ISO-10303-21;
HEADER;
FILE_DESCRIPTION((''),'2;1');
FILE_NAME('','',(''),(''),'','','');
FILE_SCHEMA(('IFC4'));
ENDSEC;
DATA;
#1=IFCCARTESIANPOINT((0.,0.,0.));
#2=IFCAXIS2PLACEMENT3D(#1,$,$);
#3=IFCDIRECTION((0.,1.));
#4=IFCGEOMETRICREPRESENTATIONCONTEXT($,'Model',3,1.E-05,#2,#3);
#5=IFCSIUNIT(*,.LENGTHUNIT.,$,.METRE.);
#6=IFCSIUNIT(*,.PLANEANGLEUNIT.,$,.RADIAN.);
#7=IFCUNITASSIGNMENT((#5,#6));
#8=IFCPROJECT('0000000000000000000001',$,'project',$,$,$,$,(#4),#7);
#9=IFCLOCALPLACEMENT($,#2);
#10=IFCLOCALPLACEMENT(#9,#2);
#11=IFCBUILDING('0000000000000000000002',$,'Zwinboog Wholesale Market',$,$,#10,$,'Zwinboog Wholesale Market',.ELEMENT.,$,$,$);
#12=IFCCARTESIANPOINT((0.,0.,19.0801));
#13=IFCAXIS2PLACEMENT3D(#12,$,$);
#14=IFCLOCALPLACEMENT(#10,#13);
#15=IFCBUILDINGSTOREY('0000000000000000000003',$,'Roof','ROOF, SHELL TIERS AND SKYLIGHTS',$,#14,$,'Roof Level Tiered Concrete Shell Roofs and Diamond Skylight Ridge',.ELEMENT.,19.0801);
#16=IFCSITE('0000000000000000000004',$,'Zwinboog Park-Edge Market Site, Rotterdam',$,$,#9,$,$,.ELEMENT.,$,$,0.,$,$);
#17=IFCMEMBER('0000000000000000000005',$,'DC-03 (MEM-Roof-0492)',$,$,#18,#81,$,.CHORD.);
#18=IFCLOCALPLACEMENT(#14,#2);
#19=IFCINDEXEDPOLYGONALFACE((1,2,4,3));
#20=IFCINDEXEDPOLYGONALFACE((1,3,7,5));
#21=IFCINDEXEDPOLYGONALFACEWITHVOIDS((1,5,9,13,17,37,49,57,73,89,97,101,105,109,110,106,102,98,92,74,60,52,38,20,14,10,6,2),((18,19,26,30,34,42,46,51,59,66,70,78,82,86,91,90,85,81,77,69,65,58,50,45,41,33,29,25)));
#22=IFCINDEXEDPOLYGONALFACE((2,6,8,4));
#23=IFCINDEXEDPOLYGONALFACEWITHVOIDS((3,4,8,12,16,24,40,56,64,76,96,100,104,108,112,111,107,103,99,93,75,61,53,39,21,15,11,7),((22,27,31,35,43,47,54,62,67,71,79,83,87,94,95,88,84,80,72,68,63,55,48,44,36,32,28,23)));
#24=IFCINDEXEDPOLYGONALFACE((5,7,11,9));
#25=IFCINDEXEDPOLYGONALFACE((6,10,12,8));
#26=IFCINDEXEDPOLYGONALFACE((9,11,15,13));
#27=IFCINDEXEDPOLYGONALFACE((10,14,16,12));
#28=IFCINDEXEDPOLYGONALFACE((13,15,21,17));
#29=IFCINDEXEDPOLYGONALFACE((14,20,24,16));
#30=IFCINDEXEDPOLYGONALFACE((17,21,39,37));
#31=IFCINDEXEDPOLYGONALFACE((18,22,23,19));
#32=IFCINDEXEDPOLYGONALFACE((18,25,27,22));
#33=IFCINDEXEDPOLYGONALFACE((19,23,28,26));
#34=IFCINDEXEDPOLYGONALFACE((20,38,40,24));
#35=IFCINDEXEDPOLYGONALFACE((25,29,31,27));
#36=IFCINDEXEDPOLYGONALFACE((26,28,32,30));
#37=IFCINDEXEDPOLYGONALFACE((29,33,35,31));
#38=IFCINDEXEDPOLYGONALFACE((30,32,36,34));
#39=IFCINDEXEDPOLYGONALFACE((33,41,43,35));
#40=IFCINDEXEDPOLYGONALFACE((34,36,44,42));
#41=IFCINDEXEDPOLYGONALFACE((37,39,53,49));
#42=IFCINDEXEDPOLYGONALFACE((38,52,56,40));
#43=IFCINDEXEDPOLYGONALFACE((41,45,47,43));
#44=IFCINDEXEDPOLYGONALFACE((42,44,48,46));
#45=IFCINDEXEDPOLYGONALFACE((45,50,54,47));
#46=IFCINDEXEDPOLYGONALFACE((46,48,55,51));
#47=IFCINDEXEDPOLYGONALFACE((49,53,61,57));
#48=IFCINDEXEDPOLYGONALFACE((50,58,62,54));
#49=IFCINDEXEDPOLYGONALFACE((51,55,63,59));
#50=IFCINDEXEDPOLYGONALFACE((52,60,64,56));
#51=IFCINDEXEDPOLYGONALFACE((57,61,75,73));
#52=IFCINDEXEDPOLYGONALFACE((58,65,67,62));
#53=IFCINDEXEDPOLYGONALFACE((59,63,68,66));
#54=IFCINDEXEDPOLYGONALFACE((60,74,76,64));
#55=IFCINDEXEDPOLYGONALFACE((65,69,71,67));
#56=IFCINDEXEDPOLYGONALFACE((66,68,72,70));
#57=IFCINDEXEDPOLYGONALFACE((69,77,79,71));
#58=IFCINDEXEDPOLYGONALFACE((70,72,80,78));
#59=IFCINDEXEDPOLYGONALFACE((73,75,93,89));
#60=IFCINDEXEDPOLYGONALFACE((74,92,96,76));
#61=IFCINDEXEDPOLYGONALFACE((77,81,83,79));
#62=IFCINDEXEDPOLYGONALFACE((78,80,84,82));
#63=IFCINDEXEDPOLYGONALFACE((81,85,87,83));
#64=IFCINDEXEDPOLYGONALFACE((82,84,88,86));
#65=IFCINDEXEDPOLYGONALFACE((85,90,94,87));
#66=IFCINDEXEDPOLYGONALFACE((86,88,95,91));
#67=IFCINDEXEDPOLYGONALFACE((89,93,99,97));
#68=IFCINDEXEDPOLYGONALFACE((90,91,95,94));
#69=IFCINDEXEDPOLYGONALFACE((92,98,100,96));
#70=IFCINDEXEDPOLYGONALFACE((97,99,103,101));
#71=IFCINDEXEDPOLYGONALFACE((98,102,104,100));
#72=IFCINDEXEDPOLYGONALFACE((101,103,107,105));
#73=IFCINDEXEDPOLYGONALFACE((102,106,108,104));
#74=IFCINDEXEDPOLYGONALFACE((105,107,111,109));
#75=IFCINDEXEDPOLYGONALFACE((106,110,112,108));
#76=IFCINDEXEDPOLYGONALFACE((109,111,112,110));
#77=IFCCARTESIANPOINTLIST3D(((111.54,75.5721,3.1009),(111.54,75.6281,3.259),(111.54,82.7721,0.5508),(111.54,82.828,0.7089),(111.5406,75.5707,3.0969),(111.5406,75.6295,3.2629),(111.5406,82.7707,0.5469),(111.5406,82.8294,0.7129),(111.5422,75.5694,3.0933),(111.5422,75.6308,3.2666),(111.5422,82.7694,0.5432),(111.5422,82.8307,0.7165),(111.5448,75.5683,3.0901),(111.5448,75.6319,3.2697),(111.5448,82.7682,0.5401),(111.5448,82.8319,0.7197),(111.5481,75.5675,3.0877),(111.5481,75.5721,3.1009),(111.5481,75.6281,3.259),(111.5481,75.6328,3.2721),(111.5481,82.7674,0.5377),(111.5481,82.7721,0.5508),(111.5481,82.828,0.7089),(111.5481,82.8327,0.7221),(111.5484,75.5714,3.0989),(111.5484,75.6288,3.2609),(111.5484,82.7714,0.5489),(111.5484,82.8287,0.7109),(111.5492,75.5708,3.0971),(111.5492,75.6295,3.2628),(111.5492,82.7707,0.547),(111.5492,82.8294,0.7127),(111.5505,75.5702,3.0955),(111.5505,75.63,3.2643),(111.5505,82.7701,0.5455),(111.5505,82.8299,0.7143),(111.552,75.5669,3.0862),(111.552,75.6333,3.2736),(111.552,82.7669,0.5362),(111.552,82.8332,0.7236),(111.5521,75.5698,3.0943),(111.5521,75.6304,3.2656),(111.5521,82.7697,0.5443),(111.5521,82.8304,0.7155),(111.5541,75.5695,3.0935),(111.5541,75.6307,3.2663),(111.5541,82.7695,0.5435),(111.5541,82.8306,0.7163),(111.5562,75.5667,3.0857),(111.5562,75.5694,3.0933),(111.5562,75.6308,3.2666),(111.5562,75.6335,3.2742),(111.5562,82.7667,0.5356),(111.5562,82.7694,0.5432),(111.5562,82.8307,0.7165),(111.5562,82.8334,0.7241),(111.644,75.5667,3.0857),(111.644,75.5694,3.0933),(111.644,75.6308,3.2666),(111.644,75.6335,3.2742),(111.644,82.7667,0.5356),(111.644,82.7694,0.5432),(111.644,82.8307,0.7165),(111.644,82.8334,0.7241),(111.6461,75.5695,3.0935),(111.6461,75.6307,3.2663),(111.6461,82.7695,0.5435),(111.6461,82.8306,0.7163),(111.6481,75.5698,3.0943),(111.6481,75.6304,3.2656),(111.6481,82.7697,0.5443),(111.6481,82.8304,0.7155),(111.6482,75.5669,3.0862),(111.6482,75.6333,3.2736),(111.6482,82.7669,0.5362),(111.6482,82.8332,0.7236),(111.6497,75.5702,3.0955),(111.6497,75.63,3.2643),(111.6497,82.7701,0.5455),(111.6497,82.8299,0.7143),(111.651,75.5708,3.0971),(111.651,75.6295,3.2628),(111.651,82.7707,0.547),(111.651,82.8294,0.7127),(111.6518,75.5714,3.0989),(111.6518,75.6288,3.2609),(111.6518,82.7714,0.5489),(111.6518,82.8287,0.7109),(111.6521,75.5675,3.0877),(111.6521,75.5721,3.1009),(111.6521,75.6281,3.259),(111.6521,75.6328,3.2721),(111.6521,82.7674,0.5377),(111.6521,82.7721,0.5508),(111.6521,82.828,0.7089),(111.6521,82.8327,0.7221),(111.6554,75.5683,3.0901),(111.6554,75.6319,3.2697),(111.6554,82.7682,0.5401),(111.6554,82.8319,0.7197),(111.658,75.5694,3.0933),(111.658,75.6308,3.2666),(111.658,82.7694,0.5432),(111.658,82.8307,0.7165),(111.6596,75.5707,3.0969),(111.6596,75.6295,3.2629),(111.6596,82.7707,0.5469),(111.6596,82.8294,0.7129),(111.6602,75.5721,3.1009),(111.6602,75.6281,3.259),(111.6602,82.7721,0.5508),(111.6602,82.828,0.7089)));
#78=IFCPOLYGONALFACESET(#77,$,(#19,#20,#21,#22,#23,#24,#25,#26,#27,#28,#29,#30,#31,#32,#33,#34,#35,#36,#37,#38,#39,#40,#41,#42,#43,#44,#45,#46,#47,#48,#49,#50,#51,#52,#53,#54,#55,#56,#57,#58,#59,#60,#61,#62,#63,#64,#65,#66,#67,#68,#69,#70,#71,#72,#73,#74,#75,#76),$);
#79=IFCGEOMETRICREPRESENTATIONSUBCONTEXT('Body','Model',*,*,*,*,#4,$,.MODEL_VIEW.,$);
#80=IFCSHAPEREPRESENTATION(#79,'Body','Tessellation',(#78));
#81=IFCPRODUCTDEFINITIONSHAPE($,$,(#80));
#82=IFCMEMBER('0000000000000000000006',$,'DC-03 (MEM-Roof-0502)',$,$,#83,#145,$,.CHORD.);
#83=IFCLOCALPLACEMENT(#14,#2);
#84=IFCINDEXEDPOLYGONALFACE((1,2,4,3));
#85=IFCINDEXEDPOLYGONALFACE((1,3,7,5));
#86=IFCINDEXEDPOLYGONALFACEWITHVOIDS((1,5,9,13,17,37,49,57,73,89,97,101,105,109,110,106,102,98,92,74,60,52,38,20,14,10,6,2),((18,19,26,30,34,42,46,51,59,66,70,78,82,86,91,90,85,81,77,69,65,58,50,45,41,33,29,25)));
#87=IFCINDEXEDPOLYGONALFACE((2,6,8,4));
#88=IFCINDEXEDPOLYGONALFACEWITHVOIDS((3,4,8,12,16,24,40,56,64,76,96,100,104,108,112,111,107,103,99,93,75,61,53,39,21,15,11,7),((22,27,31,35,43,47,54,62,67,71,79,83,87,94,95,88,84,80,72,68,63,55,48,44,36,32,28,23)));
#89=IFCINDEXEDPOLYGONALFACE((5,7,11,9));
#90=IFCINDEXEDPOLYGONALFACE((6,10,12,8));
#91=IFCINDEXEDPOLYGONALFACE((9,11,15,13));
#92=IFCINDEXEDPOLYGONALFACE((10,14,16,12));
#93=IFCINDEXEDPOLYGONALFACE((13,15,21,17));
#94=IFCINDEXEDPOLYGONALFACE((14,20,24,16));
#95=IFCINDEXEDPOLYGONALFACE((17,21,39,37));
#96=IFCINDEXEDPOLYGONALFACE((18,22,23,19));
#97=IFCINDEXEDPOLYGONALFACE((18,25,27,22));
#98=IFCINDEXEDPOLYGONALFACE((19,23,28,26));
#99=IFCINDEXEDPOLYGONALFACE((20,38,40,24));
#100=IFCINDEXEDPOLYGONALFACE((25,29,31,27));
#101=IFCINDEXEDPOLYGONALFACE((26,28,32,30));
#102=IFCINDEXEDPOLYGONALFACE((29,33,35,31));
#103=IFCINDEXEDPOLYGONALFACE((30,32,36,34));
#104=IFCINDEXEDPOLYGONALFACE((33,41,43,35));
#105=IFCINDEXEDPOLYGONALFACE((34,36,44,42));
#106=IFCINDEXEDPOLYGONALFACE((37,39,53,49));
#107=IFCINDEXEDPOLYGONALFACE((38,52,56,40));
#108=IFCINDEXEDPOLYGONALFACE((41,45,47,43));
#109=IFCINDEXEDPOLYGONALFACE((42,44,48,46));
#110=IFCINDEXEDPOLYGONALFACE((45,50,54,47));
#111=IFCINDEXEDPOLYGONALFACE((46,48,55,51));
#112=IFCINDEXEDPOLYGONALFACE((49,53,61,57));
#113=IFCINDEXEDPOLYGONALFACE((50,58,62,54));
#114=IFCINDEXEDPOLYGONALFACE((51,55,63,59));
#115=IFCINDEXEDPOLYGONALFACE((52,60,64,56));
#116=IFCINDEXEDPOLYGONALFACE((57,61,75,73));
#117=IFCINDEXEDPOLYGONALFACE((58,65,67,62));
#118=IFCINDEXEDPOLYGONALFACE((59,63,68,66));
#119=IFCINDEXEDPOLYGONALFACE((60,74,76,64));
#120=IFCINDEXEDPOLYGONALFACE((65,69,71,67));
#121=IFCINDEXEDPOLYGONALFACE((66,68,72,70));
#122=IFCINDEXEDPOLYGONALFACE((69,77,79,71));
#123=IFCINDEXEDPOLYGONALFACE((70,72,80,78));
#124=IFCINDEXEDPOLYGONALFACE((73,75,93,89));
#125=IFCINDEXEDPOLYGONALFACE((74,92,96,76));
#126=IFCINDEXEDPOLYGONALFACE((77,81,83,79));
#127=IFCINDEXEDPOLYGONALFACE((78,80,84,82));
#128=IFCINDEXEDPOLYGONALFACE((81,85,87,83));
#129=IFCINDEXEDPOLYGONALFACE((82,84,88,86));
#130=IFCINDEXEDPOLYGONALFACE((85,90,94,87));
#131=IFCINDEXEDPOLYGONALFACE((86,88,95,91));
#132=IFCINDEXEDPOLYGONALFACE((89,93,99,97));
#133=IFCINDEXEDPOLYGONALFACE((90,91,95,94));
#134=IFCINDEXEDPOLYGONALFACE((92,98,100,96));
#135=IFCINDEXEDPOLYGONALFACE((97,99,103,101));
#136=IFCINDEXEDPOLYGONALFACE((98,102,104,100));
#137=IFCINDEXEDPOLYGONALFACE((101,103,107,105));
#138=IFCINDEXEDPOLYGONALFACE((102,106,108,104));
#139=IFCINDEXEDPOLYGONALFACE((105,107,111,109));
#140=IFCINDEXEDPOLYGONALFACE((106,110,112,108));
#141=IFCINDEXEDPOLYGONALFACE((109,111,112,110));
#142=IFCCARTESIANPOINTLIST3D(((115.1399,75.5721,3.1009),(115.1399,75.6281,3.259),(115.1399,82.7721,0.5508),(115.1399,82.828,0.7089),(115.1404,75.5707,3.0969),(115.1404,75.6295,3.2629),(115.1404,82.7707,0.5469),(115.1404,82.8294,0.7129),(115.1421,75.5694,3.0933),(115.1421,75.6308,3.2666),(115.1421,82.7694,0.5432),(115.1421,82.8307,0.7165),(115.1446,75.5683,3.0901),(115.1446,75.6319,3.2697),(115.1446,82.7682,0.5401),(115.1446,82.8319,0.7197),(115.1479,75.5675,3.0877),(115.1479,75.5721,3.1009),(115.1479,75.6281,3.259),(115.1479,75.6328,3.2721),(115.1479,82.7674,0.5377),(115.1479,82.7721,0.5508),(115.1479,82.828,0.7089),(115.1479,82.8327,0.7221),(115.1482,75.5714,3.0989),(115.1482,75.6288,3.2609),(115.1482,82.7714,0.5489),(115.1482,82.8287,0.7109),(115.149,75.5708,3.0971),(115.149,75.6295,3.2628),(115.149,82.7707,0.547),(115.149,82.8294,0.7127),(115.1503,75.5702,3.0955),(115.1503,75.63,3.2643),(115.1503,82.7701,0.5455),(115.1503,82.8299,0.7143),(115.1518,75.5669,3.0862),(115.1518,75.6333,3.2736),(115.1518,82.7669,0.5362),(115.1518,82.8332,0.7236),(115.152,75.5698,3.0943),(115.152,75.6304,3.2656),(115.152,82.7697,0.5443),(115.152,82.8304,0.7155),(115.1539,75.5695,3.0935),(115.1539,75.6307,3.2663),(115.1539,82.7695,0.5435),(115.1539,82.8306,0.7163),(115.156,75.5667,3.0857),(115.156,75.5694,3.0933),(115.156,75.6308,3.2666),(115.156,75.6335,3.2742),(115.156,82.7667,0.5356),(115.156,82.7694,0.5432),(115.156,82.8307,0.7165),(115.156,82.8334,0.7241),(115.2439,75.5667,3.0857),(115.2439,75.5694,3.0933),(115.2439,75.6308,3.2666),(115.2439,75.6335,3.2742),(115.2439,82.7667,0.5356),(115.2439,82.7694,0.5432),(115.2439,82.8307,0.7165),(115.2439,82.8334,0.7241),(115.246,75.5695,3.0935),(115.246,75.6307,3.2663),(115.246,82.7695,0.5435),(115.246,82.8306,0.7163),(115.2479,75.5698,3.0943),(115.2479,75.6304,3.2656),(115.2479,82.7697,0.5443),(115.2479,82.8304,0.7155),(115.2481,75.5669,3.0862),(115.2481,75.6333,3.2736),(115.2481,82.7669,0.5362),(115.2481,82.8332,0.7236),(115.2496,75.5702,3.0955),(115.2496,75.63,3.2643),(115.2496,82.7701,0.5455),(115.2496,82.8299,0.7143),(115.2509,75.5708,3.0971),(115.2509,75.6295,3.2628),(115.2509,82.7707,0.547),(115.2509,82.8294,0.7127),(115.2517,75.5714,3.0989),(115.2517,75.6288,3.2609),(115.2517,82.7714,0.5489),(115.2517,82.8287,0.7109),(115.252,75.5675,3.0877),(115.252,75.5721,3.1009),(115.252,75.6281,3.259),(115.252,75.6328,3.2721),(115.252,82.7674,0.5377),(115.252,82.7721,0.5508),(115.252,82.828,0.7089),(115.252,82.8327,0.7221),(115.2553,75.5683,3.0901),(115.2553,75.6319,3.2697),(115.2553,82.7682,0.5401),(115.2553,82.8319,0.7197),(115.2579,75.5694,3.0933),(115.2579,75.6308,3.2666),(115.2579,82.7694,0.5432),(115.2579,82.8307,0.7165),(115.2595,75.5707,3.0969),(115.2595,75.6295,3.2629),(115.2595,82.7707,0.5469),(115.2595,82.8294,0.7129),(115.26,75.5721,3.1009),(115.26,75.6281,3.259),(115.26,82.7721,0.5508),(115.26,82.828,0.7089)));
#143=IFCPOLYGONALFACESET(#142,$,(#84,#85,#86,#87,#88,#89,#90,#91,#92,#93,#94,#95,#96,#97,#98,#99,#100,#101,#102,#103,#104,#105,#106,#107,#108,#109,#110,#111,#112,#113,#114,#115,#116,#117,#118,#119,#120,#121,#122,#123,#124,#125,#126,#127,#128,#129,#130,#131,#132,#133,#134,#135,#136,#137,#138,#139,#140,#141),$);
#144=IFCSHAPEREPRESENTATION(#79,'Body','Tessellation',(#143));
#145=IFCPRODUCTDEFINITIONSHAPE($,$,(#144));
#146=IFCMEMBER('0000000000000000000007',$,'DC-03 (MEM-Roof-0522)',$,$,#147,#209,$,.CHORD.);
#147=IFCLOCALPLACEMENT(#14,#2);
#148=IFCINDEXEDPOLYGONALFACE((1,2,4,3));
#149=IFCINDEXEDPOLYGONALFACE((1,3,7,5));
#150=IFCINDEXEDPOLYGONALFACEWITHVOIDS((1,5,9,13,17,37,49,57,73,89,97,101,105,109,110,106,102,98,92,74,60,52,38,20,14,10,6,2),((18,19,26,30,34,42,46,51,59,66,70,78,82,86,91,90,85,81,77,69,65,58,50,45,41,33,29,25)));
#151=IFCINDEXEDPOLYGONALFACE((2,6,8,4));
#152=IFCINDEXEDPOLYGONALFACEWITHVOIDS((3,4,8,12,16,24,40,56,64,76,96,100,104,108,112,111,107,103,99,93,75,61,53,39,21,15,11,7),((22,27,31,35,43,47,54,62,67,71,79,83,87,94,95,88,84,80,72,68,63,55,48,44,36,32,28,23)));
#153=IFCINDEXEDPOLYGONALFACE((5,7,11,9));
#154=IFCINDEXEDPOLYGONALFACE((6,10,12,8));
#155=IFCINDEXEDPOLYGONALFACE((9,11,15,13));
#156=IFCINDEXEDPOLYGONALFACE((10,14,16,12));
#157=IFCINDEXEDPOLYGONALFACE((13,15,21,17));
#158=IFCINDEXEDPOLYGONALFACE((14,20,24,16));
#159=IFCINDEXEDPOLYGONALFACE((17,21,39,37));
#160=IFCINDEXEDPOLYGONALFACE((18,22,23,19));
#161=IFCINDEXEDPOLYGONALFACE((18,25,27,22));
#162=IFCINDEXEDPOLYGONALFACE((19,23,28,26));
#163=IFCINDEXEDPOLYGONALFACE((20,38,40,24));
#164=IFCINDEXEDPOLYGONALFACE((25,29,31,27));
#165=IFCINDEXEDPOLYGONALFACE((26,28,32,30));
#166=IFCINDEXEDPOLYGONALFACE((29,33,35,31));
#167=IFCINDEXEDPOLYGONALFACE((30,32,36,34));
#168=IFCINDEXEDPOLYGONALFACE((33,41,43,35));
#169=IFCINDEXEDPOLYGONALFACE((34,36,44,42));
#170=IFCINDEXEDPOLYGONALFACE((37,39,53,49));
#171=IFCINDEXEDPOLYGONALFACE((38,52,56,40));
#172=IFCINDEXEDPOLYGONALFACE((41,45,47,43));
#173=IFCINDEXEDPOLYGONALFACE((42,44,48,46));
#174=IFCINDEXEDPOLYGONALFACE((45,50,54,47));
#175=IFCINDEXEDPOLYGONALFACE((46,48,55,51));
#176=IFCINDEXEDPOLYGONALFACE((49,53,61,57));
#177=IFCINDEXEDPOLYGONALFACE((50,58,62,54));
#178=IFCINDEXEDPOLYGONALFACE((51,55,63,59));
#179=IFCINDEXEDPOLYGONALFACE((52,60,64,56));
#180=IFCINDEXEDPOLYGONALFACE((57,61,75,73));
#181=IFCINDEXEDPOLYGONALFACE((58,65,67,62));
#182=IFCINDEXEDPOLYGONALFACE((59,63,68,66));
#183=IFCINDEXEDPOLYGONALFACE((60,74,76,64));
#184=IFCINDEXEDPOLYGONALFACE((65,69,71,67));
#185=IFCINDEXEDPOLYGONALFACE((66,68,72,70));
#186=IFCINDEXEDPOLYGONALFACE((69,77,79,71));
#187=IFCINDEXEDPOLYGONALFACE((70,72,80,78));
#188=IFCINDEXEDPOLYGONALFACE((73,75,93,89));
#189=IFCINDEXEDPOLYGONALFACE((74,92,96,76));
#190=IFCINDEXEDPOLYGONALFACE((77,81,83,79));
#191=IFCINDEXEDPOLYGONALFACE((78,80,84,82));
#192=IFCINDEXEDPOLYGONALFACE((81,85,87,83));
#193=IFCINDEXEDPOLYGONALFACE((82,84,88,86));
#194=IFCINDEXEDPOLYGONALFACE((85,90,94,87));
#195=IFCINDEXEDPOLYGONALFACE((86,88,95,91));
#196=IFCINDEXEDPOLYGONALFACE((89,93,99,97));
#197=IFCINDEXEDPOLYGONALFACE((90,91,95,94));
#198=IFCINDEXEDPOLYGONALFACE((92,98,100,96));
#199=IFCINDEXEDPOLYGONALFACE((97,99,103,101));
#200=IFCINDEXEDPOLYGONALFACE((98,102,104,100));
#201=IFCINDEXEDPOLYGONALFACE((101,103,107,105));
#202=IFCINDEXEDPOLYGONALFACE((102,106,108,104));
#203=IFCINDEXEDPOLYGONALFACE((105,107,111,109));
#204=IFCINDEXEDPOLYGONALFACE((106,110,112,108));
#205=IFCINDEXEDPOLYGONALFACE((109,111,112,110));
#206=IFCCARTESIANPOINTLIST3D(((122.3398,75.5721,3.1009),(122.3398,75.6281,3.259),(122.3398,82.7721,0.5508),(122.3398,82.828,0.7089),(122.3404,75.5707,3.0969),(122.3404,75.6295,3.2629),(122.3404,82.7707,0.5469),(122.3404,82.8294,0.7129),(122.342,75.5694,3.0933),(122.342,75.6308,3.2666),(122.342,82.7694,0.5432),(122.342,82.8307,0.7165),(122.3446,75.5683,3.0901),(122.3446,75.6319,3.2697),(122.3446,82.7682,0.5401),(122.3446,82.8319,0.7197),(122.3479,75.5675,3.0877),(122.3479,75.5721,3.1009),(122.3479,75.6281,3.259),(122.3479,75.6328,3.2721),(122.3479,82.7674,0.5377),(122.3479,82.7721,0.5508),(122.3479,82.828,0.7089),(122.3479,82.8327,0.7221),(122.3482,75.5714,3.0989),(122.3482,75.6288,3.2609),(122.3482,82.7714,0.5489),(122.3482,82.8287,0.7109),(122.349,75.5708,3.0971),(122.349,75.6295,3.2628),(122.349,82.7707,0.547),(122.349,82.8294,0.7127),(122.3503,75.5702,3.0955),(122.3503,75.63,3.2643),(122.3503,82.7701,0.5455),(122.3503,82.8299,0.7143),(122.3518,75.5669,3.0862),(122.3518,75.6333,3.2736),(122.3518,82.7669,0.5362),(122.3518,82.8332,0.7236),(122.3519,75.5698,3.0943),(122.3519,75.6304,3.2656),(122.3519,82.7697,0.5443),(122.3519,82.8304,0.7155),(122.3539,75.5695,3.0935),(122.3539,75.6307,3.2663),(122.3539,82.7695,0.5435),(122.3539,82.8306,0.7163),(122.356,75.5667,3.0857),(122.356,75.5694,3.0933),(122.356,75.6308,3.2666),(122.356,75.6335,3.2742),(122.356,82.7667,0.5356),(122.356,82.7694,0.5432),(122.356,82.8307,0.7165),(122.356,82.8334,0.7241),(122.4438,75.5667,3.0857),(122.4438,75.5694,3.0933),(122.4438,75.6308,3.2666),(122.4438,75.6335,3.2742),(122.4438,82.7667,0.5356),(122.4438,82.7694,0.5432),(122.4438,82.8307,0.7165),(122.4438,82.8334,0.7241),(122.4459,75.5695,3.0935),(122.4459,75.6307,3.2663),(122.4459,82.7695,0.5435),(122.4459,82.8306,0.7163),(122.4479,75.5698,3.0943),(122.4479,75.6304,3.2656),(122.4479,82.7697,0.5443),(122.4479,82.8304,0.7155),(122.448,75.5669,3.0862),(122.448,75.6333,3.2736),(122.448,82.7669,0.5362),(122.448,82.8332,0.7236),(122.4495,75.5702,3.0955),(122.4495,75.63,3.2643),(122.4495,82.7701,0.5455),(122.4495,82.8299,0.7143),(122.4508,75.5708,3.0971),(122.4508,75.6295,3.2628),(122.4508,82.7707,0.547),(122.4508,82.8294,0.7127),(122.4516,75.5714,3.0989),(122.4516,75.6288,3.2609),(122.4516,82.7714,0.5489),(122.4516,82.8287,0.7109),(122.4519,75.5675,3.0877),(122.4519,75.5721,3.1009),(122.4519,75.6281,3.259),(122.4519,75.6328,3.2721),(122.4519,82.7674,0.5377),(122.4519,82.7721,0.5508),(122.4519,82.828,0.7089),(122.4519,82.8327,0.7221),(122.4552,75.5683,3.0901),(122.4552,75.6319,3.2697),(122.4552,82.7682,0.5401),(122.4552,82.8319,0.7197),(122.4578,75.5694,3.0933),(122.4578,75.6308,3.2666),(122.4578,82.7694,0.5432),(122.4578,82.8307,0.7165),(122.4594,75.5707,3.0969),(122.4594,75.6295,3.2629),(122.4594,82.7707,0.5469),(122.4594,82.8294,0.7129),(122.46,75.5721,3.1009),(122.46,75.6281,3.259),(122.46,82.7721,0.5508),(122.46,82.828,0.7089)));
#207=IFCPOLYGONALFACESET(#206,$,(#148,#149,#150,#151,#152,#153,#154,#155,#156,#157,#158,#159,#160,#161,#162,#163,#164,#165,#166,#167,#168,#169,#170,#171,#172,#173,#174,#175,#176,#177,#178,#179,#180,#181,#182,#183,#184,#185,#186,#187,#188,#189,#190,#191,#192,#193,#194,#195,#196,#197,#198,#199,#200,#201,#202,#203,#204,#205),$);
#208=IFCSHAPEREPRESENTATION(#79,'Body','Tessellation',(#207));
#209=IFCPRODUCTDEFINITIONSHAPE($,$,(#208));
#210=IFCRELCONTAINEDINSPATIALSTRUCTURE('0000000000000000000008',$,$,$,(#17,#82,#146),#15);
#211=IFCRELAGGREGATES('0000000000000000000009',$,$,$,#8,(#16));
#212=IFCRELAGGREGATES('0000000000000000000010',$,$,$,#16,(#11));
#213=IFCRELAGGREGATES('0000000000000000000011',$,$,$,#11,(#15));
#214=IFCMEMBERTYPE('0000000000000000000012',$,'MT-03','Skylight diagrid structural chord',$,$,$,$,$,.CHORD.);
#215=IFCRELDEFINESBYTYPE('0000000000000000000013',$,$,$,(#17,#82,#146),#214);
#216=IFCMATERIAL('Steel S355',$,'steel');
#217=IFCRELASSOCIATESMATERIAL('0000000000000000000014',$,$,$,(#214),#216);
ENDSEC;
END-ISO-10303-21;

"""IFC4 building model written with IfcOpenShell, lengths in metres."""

from ifc_helpers import new_model, si_unit, direction, frame, origin, origin_2d, place, context, subcontext, project, spatial, hollow_rectangle, extrude, material, material_profile, profile_set, type_object, element, save


model = new_model("IFC4")

# Units and contexts
model_context = context("Model", 3, precision=1e-05, world=origin(), true_north=direction((0.0, 1.0)))
body_context = subcontext(model_context, "Body", "Model", "MODEL_VIEW")
ifc_project = project(units=[si_unit("LENGTHUNIT", "METRE"), si_unit("PLANEANGLEUNIT", "RADIAN")], contexts=[model_context])

# Site, building, storey
site_placement = place(None, origin())
site = spatial("IfcSite", under=ifc_project, at=site_placement, Name="Zwinboog Park-Edge Market Site, Rotterdam", CompositionType="ELEMENT", RefElevation=0.0)
building_placement = place(site_placement, origin())
building = spatial("IfcBuilding", under=site, at=building_placement, Name="Zwinboog Wholesale Market", LongName="Zwinboog Wholesale Market", CompositionType="ELEMENT")
storey_placement = place(building_placement, frame((0.0, 0.0, 19.0801)))
storey = spatial("IfcBuildingStorey", under=building, at=storey_placement, Name="Roof", Description="ROOF, SHELL TIERS AND SKYLIGHTS", LongName="Roof Level Tiered Concrete Shell Roofs and Diamond Skylight Ridge", CompositionType="ELEMENT", Elevation=19.0801)

# Members
ifc_material_1 = material(Name="Steel S355", Category="steel")
ifc_material_profile_1 = material_profile(ifc_material_1, hollow_rectangle(XDim=0.1201, YDim=0.2, WallThickness=0.0081, InnerFilletRadius=0.0081, OuterFilletRadius=0.0161, at=origin_2d()), Name="RHS 200x120x8")
ifc_profile_set_1 = profile_set([ifc_material_profile_1], Name="Steel S355")
member_type_1 = type_object("IfcMemberType", Name="MT-03", Description="Skylight diagrid structural chord", PredefinedType="CHORD", material=ifc_profile_set_1)
for number, where, z_axis, x_axis, name in (
    (1, (111.6001, 82.8, 0.6299), (0.0, -0.942625, 0.333855), (1.0, 0.0, 0.0), "DC-03 (MEM-Roof-0492)"),
    (2, (115.2, 82.8, 0.6299), (0.0, -0.942625, 0.333855), (1.0, 0.0, 0.0), "DC-03 (MEM-Roof-0502)"),
    (3, (122.3999, 82.8, 0.6299), (0.0, -0.942625, 0.333855), (1.0, 0.0, 0.0), "DC-03 (MEM-Roof-0522)"),
):
    element("IfcMember", number, at=place(storey_placement, frame(where, z_axis=z_axis, x_axis=x_axis)), inside=storey, type_object=member_type_1, Name=name, PredefinedType="CHORD", context=body_context, shape_type="SweptSolid", body=[
        extrude(hollow_rectangle(XDim=0.1201, YDim=0.2, WallThickness=0.0081, InnerFilletRadius=0.0081, OuterFilletRadius=0.0161, at=origin_2d()), origin(), (0.0, 0.0, 1.0), 7.6382),
    ])

save(model, "model.ifc")
